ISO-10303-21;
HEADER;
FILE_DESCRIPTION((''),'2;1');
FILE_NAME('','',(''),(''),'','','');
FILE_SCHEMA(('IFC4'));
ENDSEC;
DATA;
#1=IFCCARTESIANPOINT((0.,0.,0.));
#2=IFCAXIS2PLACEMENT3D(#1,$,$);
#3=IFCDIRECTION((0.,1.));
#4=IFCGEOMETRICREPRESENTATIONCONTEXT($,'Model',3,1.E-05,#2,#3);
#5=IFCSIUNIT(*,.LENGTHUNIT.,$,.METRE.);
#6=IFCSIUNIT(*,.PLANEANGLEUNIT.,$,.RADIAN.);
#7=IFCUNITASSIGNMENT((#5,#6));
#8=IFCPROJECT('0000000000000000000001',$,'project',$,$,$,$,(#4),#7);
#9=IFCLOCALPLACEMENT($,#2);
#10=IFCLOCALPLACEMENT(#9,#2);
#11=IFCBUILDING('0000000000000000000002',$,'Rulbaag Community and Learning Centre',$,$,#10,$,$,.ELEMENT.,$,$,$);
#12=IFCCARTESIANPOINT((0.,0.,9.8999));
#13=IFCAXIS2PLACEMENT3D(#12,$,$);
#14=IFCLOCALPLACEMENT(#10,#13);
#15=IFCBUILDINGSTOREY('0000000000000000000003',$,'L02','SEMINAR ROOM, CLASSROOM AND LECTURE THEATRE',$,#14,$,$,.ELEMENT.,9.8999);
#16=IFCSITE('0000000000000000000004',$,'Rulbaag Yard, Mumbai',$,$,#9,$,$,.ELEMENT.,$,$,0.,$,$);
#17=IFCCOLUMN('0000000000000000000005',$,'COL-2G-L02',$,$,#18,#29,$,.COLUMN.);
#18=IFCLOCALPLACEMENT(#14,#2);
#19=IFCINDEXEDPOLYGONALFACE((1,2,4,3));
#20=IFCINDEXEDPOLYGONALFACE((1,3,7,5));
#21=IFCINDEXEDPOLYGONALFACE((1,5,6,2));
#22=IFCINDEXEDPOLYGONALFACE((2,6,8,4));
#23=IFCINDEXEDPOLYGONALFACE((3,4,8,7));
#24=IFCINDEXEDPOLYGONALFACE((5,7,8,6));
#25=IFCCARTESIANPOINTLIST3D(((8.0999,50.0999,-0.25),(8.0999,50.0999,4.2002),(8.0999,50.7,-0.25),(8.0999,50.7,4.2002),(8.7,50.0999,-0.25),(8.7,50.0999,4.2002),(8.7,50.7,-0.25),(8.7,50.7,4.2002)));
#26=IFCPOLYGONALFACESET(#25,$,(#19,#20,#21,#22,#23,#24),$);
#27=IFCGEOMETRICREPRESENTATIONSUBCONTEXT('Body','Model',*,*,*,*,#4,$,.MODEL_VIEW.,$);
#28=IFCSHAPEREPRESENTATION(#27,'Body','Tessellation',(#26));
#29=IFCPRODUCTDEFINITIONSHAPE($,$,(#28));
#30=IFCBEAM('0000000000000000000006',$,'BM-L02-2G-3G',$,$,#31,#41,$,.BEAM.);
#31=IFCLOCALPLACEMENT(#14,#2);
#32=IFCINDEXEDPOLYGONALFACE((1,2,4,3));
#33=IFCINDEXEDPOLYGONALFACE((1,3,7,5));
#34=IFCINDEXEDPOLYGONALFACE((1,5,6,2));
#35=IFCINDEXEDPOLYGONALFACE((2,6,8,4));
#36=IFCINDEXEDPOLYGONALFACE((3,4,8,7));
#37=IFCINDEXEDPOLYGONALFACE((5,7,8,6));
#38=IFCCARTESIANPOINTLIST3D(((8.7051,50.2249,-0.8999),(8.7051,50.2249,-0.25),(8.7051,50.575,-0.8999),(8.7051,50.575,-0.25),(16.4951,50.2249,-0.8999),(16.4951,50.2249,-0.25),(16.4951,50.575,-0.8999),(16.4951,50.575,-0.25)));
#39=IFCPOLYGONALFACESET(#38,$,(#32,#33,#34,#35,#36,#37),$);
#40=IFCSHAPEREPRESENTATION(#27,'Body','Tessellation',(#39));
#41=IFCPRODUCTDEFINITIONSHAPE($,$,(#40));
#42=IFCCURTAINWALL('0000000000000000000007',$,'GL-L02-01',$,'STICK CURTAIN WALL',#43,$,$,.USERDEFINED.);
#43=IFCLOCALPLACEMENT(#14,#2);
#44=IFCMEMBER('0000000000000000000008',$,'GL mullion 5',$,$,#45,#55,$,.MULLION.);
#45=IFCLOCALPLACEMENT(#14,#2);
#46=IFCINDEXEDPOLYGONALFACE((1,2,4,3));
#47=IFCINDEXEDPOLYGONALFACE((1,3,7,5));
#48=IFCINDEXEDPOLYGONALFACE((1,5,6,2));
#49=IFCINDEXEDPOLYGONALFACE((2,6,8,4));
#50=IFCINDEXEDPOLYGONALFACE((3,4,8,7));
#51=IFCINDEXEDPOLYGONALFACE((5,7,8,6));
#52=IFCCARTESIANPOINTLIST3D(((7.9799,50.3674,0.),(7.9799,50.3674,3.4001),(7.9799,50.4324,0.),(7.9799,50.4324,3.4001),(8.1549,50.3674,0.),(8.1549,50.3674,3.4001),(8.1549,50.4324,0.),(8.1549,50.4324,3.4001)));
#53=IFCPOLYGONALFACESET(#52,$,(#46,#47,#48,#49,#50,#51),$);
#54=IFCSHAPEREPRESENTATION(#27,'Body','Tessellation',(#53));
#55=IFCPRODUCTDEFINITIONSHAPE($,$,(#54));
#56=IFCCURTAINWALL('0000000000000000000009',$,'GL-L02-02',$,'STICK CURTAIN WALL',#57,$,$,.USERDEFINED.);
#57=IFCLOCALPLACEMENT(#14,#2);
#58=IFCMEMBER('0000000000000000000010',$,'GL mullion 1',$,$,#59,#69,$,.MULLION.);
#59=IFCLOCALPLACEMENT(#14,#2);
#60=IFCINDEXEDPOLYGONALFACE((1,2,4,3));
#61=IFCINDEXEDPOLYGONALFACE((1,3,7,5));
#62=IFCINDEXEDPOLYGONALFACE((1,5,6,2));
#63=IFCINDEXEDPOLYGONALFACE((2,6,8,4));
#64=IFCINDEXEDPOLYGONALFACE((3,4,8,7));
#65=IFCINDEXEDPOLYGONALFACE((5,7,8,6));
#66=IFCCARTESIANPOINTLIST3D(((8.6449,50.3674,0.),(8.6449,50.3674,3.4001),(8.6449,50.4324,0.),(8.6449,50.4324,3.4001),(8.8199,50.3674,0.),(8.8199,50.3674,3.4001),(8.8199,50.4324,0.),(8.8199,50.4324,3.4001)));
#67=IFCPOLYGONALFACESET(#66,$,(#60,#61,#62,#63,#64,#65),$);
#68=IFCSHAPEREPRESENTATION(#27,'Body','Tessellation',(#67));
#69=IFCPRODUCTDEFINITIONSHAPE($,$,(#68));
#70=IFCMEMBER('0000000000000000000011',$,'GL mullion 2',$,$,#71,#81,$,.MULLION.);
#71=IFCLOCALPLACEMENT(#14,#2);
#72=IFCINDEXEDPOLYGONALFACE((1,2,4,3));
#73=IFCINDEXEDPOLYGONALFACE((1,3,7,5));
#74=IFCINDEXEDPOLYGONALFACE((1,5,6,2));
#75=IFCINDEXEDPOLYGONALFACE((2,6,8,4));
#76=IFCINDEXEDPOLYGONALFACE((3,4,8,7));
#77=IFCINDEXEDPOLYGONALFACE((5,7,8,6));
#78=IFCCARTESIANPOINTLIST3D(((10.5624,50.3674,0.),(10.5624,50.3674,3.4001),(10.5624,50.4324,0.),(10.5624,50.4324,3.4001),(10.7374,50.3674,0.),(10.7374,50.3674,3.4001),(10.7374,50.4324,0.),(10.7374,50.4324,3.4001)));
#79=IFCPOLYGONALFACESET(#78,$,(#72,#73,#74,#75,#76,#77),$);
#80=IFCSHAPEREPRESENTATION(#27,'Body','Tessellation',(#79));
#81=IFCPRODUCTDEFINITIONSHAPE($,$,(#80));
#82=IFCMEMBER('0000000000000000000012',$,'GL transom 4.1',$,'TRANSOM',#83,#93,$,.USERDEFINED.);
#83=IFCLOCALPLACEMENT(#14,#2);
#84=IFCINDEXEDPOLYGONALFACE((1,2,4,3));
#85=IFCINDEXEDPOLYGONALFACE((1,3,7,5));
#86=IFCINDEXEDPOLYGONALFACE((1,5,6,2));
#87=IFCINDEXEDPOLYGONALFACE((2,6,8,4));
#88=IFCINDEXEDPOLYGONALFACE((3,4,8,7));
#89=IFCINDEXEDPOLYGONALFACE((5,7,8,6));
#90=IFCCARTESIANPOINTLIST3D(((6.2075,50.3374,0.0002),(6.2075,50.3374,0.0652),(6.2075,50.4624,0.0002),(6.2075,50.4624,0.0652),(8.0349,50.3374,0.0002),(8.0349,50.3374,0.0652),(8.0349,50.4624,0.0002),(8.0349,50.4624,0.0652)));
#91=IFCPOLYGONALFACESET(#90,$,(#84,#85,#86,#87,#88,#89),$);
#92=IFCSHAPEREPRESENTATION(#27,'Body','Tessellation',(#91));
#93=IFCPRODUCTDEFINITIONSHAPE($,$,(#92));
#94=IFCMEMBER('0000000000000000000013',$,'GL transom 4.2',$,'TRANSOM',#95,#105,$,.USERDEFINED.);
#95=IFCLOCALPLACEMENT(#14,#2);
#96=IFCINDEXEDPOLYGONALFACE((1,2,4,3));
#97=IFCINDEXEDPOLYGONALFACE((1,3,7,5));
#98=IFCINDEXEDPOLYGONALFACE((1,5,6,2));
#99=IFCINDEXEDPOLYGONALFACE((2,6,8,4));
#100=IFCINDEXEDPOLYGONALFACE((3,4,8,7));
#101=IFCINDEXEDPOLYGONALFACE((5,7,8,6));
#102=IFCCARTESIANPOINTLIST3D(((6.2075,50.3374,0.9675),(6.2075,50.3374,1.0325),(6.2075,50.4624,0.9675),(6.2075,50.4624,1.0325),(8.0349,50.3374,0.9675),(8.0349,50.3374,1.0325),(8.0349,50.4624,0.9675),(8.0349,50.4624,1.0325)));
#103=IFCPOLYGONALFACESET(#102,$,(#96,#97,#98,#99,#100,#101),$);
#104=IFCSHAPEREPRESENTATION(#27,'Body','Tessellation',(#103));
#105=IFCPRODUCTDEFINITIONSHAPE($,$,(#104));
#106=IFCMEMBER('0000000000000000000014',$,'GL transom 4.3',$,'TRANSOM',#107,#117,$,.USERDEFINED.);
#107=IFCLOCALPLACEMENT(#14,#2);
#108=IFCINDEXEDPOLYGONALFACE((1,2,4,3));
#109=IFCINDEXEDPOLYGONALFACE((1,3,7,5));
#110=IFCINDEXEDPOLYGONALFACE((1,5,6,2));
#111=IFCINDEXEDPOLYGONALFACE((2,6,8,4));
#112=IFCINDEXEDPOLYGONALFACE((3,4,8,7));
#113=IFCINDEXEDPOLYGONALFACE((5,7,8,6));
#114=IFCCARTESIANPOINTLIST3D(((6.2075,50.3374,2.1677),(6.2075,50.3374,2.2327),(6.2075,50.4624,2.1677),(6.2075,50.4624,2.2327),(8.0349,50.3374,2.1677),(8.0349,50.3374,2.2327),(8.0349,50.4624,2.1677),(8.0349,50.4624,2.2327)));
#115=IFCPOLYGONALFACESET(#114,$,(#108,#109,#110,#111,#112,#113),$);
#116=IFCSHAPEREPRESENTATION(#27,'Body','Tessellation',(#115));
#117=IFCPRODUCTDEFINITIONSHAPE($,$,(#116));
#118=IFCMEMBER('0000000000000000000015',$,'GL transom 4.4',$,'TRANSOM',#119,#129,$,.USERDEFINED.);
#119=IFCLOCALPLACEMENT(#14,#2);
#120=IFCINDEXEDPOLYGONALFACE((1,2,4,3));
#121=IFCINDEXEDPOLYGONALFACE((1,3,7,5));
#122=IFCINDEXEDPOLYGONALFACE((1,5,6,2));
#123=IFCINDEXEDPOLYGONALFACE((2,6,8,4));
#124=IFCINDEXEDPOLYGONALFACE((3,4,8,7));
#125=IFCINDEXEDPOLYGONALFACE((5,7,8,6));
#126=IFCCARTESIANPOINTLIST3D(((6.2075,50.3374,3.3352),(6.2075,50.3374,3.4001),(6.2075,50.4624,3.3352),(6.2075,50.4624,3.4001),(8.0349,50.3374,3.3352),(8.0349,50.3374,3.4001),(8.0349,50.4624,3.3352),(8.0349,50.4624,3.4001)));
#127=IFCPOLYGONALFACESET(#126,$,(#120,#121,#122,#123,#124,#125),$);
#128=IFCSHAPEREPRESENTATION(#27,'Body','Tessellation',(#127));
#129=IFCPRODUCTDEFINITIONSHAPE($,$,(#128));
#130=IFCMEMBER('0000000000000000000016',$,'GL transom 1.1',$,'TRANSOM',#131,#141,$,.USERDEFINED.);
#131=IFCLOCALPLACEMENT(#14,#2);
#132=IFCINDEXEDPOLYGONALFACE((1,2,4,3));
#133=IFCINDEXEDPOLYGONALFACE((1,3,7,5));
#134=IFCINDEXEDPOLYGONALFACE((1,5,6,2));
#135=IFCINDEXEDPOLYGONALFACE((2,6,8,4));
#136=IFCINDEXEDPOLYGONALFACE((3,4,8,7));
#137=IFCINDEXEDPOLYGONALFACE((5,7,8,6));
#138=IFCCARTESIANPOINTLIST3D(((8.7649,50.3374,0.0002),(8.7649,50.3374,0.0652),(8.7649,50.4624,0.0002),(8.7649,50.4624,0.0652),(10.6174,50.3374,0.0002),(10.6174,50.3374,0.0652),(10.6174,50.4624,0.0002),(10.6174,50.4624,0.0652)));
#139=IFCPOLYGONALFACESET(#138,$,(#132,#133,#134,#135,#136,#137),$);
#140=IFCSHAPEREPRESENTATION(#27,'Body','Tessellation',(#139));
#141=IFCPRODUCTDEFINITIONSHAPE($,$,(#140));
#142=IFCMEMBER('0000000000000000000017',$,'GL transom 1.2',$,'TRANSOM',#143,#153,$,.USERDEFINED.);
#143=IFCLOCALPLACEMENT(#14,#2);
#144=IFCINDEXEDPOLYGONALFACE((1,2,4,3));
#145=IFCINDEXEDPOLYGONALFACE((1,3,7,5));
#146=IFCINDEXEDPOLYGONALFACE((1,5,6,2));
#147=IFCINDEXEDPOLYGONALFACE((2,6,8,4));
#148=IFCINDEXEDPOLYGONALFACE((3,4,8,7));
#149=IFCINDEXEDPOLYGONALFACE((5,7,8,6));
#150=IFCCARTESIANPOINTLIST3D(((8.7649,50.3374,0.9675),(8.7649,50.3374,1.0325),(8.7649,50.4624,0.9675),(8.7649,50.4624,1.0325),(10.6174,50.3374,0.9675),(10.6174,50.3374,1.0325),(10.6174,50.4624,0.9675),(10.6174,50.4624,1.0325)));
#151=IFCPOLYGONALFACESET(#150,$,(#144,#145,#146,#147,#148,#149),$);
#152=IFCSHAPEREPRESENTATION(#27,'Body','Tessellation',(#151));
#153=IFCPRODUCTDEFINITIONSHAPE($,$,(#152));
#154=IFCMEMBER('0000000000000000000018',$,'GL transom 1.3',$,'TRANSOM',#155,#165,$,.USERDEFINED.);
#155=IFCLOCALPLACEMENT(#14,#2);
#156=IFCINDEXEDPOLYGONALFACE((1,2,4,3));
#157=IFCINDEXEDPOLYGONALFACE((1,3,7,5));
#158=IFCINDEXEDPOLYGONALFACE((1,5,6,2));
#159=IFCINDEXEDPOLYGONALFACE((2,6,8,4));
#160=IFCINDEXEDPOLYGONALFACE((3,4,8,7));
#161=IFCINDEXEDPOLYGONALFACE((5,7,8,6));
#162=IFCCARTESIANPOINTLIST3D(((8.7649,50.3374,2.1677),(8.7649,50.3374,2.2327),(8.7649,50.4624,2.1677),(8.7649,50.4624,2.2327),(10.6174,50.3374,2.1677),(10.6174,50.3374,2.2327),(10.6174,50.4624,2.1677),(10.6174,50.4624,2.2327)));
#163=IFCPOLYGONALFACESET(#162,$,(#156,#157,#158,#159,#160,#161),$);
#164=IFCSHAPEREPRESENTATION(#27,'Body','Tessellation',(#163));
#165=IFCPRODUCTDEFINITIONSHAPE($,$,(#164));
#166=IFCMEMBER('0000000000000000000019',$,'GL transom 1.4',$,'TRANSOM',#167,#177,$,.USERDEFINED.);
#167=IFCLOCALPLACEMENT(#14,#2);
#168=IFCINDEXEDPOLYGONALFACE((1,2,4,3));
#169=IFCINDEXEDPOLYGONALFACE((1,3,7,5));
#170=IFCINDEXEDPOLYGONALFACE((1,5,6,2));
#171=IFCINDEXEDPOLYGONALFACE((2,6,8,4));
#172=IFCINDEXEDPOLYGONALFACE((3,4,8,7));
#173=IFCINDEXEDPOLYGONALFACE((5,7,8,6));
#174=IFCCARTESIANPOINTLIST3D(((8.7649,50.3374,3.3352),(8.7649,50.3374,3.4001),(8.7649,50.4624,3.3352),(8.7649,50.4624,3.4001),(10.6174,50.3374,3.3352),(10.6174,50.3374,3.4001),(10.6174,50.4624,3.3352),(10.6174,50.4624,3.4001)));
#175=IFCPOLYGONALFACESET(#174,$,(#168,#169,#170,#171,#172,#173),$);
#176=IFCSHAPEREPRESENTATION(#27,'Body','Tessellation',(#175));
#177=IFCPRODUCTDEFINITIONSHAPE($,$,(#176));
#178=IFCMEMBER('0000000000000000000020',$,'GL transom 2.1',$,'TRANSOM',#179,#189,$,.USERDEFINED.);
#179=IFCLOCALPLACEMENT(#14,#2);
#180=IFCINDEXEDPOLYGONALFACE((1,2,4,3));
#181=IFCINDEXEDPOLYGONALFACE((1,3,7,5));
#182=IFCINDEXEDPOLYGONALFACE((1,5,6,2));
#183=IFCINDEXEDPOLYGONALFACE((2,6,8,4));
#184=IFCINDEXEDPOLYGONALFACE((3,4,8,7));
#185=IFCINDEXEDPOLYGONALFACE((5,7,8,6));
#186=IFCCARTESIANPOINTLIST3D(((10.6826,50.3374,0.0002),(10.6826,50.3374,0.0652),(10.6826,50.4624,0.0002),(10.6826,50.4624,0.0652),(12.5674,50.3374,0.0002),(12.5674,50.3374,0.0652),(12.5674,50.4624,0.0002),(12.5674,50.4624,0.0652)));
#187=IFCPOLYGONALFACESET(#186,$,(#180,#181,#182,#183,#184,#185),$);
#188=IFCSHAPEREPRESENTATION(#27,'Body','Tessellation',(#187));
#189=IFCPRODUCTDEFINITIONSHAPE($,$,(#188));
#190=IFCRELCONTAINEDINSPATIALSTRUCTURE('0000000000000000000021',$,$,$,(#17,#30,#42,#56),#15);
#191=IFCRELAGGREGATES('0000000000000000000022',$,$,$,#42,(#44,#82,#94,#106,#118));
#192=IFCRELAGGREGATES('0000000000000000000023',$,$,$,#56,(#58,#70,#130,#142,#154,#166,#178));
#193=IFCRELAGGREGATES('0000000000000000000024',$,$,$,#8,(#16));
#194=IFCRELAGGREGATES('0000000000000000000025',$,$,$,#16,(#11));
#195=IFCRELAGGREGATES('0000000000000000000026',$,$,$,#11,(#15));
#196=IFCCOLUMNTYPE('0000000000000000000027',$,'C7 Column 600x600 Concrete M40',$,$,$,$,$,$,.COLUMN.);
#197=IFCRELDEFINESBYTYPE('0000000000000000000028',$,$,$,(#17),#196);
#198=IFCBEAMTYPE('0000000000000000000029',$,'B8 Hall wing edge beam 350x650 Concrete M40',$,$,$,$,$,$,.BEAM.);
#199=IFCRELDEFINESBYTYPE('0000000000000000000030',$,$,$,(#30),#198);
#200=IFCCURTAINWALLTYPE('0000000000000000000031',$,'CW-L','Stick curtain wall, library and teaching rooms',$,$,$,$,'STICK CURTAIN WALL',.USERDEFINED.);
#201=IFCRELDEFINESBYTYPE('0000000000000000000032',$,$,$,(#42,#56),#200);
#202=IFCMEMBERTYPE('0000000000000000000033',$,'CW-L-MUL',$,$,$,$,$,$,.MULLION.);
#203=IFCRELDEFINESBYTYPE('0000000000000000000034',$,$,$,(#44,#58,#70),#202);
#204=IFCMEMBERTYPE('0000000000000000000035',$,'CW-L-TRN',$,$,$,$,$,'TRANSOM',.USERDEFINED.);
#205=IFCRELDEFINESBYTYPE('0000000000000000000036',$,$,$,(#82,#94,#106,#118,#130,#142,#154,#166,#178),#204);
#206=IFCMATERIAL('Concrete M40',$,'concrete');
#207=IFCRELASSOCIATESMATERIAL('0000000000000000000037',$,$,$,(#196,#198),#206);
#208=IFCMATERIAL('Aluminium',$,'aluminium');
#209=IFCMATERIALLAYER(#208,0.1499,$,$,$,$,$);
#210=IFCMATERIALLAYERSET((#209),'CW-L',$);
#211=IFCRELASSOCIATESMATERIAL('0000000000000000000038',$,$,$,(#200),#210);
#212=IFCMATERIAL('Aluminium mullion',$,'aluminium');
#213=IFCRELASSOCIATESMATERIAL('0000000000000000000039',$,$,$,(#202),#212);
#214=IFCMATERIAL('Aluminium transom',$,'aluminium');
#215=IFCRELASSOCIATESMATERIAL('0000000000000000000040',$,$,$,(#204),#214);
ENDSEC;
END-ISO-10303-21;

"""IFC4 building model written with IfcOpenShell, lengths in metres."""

from ifc_helpers import new_model, si_unit, direction, frame, origin, origin_2d, place, context, subcontext, project, spatial, rectangle, extrude, material, layer, layer_set, material_profile, profile_set, type_object, element, aggregate, save


model = new_model("IFC4")

# Units and contexts
model_context = context("Model", 3, precision=1e-05, world=origin(), true_north=direction((0.0, 1.0)))
body_context = subcontext(model_context, "Body", "Model", "MODEL_VIEW")
ifc_project = project(units=[si_unit("LENGTHUNIT", "METRE"), si_unit("PLANEANGLEUNIT", "RADIAN")], contexts=[model_context])

# Site, building, storey
site_placement = place(None, origin())
site = spatial("IfcSite", under=ifc_project, at=site_placement, Name="Rulbaag Yard, Mumbai", CompositionType="ELEMENT", RefElevation=0.0)
building_placement = place(site_placement, origin())
building = spatial("IfcBuilding", under=site, at=building_placement, Name="Rulbaag Community and Learning Centre", CompositionType="ELEMENT")
storey_placement = place(building_placement, frame((0.0, 0.0, 9.8999)))
storey = spatial("IfcBuildingStorey", under=building, at=storey_placement, Name="L02", Description="SEMINAR ROOM, CLASSROOM AND LECTURE THEATRE", CompositionType="ELEMENT", Elevation=9.8999)

# Column
ifc_material_1 = material(Name="Concrete M40", Category="concrete")
ifc_material_profile_1 = material_profile(ifc_material_1, rectangle(XDim=0.6001, YDim=0.6001, at=origin_2d()), Name="RC600x600")
ifc_profile_set_1 = profile_set([ifc_material_profile_1], Name="Concrete M40")
column_type = type_object("IfcColumnType", Name="C7 Column 600x600 Concrete M40", PredefinedType="COLUMN", material=ifc_profile_set_1)
column_placement = place(storey_placement, frame((8.3999, 50.3999, -0.25), z_axis=(0.0, 0.0, 1.0), x_axis=(1.0, 0.0, 0.0)))
element("IfcColumn", 1, at=column_placement, inside=storey, type_object=column_type, Name="COL-2G-L02", PredefinedType="COLUMN", context=body_context, shape_type="SweptSolid", body=[
    extrude(rectangle(XDim=0.6001, YDim=0.6001, at=origin_2d()), origin(), (0.0, 0.0, 1.0), 4.4502),
])

# Beam
ifc_material_profile_2 = material_profile(ifc_material_1, rectangle(XDim=0.3501, YDim=0.6499, at=origin_2d()), Name="RB350x650")
ifc_profile_set_2 = profile_set([ifc_material_profile_2], Name="Concrete M40")
beam_type = type_object("IfcBeamType", Name="B8 Hall wing edge beam 350x650 Concrete M40", PredefinedType="BEAM", material=ifc_profile_set_2)
beam_placement = place(storey_placement, frame((8.7051, 50.3999, -0.575), z_axis=(1.0, 0.0, 0.0), x_axis=(0.0, 1.0, 0.0)))
element("IfcBeam", 2, at=beam_placement, inside=storey, type_object=beam_type, Name="BM-L02-2G-3G", PredefinedType="BEAM", context=body_context, shape_type="SweptSolid", body=[
    extrude(rectangle(XDim=0.3501, YDim=0.6499, at=origin_2d()), origin(), (0.0, 0.0, 1.0), 7.79),
])

# Curtain wall, member
ifc_material_2 = material(Name="Aluminium", Category="aluminium")
ifc_layer_1 = layer(ifc_material_2, 0.1499)
ifc_layer_set_1 = layer_set([ifc_layer_1], Name="CW-L")
curtain_wall_type = type_object("IfcCurtainWallType", Name="CW-L", Description="Stick curtain wall, library and teaching rooms", ElementType="STICK CURTAIN WALL", PredefinedType="USERDEFINED", material=ifc_layer_set_1)
curtain_wall_1_placement = place(storey_placement, origin())
curtain_wall_1 = element("IfcCurtainWall", 3, at=curtain_wall_1_placement, inside=storey, type_object=curtain_wall_type, Name="GL-L02-01", ObjectType="STICK CURTAIN WALL", PredefinedType="USERDEFINED")
ifc_material_3 = material(Name="Aluminium mullion", Category="aluminium")
ifc_material_profile_3 = material_profile(ifc_material_3, rectangle(XDim=0.0649, YDim=0.175, at=origin_2d()), Name="AL 65x175")
ifc_profile_set_3 = profile_set([ifc_material_profile_3], Name="Aluminium mullion")
member_type_1 = type_object("IfcMemberType", Name="CW-L-MUL", PredefinedType="MULLION", material=ifc_profile_set_3)
member_1_placement = place(storey_placement, frame((8.0674, 50.3999, 0.0), z_axis=(0.0, 0.0, 1.0), x_axis=(0.0, 1.0, 0.0)))
member_1 = element("IfcMember", 4, at=member_1_placement, type_object=member_type_1, Name="GL mullion 5", PredefinedType="MULLION", context=body_context, shape_type="SweptSolid", body=[
    extrude(rectangle(XDim=0.0649, YDim=0.175, at=origin_2d()), origin(), (0.0, 0.0, 1.0), 3.4001),
])

# Curtain wall, members
curtain_wall_2_placement = place(storey_placement, origin())
curtain_wall_2 = element("IfcCurtainWall", 5, at=curtain_wall_2_placement, inside=storey, type_object=curtain_wall_type, Name="GL-L02-02", ObjectType="STICK CURTAIN WALL", PredefinedType="USERDEFINED")
member_2_placement = place(storey_placement, frame((8.7324, 50.3999, 0.0), z_axis=(0.0, 0.0, 1.0), x_axis=(0.0, 1.0, 0.0)))
member_2 = element("IfcMember", 6, at=member_2_placement, type_object=member_type_1, Name="GL mullion 1", PredefinedType="MULLION", context=body_context, shape_type="SweptSolid", body=[
    extrude(rectangle(XDim=0.0649, YDim=0.175, at=origin_2d()), origin(), (0.0, 0.0, 1.0), 3.4001),
])
member_3_placement = place(storey_placement, frame((10.6499, 50.3999, 0.0), z_axis=(0.0, 0.0, 1.0), x_axis=(0.0, 1.0, 0.0)))
member_3 = element("IfcMember", 7, at=member_3_placement, type_object=member_type_1, Name="GL mullion 2", PredefinedType="MULLION", context=body_context, shape_type="SweptSolid", body=[
    extrude(rectangle(XDim=0.0649, YDim=0.175, at=origin_2d()), origin(), (0.0, 0.0, 1.0), 3.4001),
])

# Members
ifc_material_4 = material(Name="Aluminium transom", Category="aluminium")
ifc_material_profile_4 = material_profile(ifc_material_4, rectangle(XDim=0.125, YDim=0.0649, at=origin_2d()), Name="AL 65x125 T")
ifc_profile_set_4 = profile_set([ifc_material_profile_4], Name="Aluminium transom")
member_type_2 = type_object("IfcMemberType", Name="CW-L-TRN", ElementType="TRANSOM", PredefinedType="USERDEFINED", material=ifc_profile_set_4)
member_4_placement = place(storey_placement, frame((6.2075, 50.3999, 0.0327), z_axis=(1.0, 0.0, 0.0), x_axis=(0.0, 1.0, 0.0)))
member_4 = element("IfcMember", 8, at=member_4_placement, type_object=member_type_2, Name="GL transom 4.1", ObjectType="TRANSOM", PredefinedType="USERDEFINED", context=body_context, shape_type="SweptSolid", body=[
    extrude(rectangle(XDim=0.125, YDim=0.0649, at=origin_2d()), origin(), (0.0, 0.0, 1.0), 1.8274),
])
member_5_placement = place(storey_placement, frame((6.2075, 50.3999, 1.0), z_axis=(1.0, 0.0, 0.0), x_axis=(0.0, 1.0, 0.0)))
member_5 = element("IfcMember", 9, at=member_5_placement, type_object=member_type_2, Name="GL transom 4.2", ObjectType="TRANSOM", PredefinedType="USERDEFINED", context=body_context, shape_type="SweptSolid", body=[
    extrude(rectangle(XDim=0.125, YDim=0.0649, at=origin_2d()), origin(), (0.0, 0.0, 1.0), 1.8274),
])
member_6_placement = place(storey_placement, frame((6.2075, 50.3999, 2.2002), z_axis=(1.0, 0.0, 0.0), x_axis=(0.0, 1.0, 0.0)))
member_6 = element("IfcMember", 10, at=member_6_placement, type_object=member_type_2, Name="GL transom 4.3", ObjectType="TRANSOM", PredefinedType="USERDEFINED", context=body_context, shape_type="SweptSolid", body=[
    extrude(rectangle(XDim=0.125, YDim=0.0649, at=origin_2d()), origin(), (0.0, 0.0, 1.0), 1.8274),
])
member_7_placement = place(storey_placement, frame((6.2075, 50.3999, 3.3677), z_axis=(1.0, 0.0, 0.0), x_axis=(0.0, 1.0, 0.0)))
member_7 = element("IfcMember", 11, at=member_7_placement, type_object=member_type_2, Name="GL transom 4.4", ObjectType="TRANSOM", PredefinedType="USERDEFINED", context=body_context, shape_type="SweptSolid", body=[
    extrude(rectangle(XDim=0.125, YDim=0.0649, at=origin_2d()), origin(), (0.0, 0.0, 1.0), 1.8274),
])
member_8_placement = place(storey_placement, frame((8.7649, 50.3999, 0.0327), z_axis=(1.0, 0.0, 0.0), x_axis=(0.0, 1.0, 0.0)))
member_8 = element("IfcMember", 12, at=member_8_placement, type_object=member_type_2, Name="GL transom 1.1", ObjectType="TRANSOM", PredefinedType="USERDEFINED", context=body_context, shape_type="SweptSolid", body=[
    extrude(rectangle(XDim=0.125, YDim=0.0649, at=origin_2d()), origin(), (0.0, 0.0, 1.0), 1.8525),
])
member_9_placement = place(storey_placement, frame((8.7649, 50.3999, 1.0), z_axis=(1.0, 0.0, 0.0), x_axis=(0.0, 1.0, 0.0)))
member_9 = element("IfcMember", 13, at=member_9_placement, type_object=member_type_2, Name="GL transom 1.2", ObjectType="TRANSOM", PredefinedType="USERDEFINED", context=body_context, shape_type="SweptSolid", body=[
    extrude(rectangle(XDim=0.125, YDim=0.0649, at=origin_2d()), origin(), (0.0, 0.0, 1.0), 1.8525),
])
member_10_placement = place(storey_placement, frame((8.7649, 50.3999, 2.2002), z_axis=(1.0, 0.0, 0.0), x_axis=(0.0, 1.0, 0.0)))
member_10 = element("IfcMember", 14, at=member_10_placement, type_object=member_type_2, Name="GL transom 1.3", ObjectType="TRANSOM", PredefinedType="USERDEFINED", context=body_context, shape_type="SweptSolid", body=[
    extrude(rectangle(XDim=0.125, YDim=0.0649, at=origin_2d()), origin(), (0.0, 0.0, 1.0), 1.8525),
])
member_11_placement = place(storey_placement, frame((8.7649, 50.3999, 3.3677), z_axis=(1.0, 0.0, 0.0), x_axis=(0.0, 1.0, 0.0)))
member_11 = element("IfcMember", 15, at=member_11_placement, type_object=member_type_2, Name="GL transom 1.4", ObjectType="TRANSOM", PredefinedType="USERDEFINED", context=body_context, shape_type="SweptSolid", body=[
    extrude(rectangle(XDim=0.125, YDim=0.0649, at=origin_2d()), origin(), (0.0, 0.0, 1.0), 1.8525),
])
member_12_placement = place(storey_placement, frame((10.6826, 50.3999, 0.0327), z_axis=(1.0, 0.0, 0.0), x_axis=(0.0, 1.0, 0.0)))
member_12 = element("IfcMember", 16, at=member_12_placement, type_object=member_type_2, Name="GL transom 2.1", ObjectType="TRANSOM", PredefinedType="USERDEFINED", context=body_context, shape_type="SweptSolid", body=[
    extrude(rectangle(XDim=0.125, YDim=0.0649, at=origin_2d()), origin(), (0.0, 0.0, 1.0), 1.8848),
])

aggregate(curtain_wall_1, [member_1, member_4, member_5, member_6, member_7])
aggregate(curtain_wall_2, [member_2, member_3, member_8, member_9, member_10, member_11, member_12])

save(model, "model.ifc")
